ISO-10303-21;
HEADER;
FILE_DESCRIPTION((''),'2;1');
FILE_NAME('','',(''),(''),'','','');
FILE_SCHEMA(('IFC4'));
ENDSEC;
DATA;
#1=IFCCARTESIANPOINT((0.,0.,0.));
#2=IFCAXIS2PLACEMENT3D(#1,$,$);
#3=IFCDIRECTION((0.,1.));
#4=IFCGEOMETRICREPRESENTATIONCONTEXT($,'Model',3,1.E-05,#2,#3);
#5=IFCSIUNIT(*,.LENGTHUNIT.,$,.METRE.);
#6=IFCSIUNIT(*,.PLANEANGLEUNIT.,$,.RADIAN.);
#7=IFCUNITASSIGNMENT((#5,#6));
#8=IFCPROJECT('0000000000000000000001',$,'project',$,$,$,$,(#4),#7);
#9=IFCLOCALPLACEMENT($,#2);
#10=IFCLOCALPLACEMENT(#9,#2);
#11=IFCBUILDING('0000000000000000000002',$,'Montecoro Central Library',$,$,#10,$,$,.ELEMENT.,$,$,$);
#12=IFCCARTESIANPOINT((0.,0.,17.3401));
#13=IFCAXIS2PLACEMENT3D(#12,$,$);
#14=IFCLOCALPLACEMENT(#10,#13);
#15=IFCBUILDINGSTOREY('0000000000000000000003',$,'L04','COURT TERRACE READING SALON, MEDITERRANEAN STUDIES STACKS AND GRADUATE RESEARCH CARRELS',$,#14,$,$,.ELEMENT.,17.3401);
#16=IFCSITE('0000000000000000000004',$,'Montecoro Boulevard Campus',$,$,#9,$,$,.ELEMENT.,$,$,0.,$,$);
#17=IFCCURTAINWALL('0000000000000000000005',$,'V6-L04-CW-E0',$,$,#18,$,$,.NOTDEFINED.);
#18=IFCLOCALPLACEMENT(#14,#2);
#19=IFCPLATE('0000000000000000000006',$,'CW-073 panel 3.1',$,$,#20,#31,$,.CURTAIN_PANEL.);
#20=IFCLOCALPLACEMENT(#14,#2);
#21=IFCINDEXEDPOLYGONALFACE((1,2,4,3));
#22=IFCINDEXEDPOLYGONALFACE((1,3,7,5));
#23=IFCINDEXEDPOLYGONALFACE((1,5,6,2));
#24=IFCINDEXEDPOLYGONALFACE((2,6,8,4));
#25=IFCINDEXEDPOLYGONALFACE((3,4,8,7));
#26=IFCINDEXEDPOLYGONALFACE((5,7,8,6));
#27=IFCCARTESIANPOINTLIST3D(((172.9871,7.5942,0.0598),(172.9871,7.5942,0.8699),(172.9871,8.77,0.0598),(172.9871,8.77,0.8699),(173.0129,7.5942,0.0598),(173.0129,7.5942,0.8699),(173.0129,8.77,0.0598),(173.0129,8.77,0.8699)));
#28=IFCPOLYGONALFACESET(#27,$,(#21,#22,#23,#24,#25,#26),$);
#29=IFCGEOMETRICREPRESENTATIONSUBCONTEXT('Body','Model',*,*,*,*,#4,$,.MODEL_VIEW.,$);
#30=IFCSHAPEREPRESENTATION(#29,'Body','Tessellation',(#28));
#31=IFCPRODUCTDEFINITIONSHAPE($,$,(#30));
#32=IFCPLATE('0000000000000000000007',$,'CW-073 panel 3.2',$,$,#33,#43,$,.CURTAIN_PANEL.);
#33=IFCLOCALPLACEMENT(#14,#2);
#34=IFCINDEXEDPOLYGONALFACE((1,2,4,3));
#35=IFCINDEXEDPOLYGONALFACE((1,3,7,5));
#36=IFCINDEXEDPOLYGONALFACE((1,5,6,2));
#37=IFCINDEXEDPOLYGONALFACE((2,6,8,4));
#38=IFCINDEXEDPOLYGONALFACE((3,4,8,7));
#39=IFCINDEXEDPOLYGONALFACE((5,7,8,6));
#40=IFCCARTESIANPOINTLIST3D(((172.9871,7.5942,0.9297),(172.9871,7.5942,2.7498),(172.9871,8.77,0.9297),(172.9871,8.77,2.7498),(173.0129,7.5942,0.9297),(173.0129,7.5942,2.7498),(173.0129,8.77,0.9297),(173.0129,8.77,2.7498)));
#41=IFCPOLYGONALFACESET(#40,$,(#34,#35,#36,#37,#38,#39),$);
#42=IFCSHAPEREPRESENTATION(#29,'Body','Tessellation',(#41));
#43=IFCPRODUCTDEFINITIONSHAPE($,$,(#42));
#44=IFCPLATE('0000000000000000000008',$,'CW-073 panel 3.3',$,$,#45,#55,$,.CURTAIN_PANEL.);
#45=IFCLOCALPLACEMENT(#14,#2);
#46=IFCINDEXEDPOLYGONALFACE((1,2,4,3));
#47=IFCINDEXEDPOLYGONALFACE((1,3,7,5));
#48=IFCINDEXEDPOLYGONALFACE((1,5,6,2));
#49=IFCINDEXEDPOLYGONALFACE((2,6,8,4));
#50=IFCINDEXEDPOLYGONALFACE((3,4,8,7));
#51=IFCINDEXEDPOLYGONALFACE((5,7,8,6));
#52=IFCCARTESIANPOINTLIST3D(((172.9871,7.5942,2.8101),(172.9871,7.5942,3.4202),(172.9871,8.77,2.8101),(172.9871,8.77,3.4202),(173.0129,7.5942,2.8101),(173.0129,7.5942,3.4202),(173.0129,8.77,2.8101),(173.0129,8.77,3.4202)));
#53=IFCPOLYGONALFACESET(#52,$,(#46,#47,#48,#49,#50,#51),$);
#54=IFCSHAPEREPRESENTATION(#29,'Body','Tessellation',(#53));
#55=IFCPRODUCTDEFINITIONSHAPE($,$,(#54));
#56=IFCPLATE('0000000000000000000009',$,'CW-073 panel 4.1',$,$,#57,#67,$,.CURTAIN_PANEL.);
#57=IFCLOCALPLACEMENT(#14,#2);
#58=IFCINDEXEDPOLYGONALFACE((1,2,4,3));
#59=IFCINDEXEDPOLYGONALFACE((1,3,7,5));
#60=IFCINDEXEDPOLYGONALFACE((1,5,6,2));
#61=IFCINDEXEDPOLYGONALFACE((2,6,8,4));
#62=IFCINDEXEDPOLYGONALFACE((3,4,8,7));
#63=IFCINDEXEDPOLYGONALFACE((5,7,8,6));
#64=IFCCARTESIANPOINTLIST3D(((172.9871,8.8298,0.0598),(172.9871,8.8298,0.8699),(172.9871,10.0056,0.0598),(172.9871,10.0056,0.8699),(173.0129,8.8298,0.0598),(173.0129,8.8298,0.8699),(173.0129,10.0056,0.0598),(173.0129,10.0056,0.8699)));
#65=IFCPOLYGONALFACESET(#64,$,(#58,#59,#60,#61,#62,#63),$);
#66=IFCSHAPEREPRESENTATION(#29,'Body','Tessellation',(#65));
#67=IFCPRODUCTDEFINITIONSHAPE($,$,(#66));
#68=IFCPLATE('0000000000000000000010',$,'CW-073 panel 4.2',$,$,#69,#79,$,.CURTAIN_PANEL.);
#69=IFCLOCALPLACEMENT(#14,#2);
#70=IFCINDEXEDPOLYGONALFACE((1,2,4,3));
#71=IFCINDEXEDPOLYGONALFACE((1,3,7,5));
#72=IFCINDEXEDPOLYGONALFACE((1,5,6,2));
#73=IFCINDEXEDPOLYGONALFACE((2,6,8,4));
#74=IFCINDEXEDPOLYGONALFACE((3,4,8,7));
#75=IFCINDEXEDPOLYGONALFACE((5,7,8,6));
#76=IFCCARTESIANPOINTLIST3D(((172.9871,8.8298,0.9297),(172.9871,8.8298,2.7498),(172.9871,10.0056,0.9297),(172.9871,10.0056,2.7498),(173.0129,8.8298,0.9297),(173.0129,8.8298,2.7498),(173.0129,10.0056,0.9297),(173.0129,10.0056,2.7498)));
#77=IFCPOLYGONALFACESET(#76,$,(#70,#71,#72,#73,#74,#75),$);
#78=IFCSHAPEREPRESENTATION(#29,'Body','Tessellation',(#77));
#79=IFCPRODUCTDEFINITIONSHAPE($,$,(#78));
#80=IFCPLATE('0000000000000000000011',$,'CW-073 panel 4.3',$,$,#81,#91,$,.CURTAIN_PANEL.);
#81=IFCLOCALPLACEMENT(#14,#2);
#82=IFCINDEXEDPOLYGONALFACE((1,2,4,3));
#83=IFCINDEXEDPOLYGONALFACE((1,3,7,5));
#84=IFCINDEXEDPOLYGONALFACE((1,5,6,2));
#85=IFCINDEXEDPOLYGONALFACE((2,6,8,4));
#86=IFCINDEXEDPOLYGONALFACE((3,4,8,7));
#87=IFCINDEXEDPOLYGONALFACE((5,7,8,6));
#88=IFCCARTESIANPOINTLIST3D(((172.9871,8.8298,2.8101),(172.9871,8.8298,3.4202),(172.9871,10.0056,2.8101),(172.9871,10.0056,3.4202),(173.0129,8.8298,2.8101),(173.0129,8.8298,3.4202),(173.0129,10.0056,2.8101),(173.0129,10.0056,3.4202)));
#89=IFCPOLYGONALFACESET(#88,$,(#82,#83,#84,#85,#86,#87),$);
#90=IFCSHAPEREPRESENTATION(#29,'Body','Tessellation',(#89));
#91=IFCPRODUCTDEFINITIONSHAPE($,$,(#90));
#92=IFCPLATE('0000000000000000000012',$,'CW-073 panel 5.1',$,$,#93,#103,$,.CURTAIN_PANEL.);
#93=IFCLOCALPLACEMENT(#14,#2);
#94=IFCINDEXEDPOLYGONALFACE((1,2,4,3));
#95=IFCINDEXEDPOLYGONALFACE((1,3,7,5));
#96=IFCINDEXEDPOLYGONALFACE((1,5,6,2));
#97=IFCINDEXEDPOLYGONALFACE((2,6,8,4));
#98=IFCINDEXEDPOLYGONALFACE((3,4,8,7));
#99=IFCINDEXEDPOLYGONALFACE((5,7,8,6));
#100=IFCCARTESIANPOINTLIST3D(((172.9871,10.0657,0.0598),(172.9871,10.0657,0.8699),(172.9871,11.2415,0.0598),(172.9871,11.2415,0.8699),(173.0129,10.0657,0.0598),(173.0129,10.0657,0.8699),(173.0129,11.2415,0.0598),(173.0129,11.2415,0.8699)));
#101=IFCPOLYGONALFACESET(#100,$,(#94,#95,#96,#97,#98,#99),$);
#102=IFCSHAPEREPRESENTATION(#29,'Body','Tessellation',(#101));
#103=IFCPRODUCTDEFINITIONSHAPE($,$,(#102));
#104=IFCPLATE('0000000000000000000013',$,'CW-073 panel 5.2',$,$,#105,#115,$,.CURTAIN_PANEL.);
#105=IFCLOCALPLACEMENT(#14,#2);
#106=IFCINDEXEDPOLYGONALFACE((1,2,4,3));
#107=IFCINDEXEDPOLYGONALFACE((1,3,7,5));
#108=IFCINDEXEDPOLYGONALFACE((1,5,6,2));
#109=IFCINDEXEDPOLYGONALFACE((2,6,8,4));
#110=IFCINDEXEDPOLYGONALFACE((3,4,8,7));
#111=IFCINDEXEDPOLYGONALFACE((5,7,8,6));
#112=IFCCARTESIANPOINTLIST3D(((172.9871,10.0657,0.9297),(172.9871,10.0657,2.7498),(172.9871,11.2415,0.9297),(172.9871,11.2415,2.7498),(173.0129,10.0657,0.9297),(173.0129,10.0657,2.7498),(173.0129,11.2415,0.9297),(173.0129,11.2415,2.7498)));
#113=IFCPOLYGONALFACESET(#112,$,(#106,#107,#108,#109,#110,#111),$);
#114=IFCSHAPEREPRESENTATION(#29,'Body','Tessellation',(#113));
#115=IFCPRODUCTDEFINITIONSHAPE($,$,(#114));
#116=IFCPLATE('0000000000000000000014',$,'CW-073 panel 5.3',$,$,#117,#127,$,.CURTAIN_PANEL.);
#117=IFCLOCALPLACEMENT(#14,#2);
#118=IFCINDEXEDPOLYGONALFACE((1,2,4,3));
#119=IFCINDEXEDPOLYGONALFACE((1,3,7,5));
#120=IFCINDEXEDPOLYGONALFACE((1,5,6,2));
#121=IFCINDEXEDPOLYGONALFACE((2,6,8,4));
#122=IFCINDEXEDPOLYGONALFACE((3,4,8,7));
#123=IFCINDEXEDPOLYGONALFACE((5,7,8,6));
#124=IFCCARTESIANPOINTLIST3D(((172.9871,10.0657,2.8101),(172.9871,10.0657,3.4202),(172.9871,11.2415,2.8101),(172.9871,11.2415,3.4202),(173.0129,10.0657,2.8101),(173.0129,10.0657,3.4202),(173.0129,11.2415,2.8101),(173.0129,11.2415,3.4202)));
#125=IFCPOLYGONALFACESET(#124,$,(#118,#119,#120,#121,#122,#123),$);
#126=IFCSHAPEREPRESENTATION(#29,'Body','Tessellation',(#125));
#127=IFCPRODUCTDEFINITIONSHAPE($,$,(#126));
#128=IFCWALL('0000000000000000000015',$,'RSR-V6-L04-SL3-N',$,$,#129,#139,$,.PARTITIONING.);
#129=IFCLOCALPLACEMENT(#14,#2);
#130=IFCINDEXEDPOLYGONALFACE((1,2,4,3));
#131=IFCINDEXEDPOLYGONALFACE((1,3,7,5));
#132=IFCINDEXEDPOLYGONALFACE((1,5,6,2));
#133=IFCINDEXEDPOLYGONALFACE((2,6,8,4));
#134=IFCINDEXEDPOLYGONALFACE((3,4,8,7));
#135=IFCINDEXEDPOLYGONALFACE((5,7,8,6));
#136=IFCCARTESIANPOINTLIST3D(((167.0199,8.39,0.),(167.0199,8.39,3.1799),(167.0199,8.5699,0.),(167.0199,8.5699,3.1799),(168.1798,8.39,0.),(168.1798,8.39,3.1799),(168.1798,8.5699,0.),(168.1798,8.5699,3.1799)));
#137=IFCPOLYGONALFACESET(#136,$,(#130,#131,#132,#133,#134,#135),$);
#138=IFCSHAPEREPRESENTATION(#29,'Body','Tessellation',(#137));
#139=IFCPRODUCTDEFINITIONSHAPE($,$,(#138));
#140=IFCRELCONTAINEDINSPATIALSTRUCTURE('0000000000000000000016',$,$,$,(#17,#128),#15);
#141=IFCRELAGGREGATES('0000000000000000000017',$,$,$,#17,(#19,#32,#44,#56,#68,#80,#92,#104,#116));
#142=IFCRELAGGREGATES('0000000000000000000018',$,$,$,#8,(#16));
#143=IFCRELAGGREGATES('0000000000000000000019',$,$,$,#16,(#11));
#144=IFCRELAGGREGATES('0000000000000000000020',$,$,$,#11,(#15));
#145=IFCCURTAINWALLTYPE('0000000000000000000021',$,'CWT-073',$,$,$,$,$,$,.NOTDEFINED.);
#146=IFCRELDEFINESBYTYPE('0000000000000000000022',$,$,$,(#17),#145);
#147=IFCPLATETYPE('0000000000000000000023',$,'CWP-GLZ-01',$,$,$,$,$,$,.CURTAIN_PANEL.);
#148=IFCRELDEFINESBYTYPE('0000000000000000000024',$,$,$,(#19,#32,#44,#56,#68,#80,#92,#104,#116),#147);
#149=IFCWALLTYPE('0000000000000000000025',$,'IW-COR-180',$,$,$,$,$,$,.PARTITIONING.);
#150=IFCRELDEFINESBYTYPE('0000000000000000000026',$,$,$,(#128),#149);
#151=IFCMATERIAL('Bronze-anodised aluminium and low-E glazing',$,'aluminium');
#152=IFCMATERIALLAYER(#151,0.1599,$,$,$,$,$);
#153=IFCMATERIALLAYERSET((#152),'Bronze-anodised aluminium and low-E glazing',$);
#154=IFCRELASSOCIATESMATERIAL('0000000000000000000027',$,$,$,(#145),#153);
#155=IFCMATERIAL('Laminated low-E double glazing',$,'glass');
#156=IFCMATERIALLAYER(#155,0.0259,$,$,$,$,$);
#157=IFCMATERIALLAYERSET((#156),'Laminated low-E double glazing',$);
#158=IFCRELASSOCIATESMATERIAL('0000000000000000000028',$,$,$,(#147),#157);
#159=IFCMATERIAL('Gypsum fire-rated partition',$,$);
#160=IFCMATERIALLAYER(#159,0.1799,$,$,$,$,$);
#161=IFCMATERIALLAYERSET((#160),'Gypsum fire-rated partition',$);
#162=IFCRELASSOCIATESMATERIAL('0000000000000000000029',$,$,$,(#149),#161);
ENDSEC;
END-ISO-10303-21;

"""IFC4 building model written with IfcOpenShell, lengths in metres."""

from ifc_helpers import new_model, si_unit, direction, frame, frame_2d, origin, origin_2d, place, context, subcontext, project, spatial, rectangle, extrude, material, layer, layer_set, type_object, element, aggregate, save


model = new_model("IFC4")

# Units and contexts
model_context = context("Model", 3, precision=1e-05, world=origin(), true_north=direction((0.0, 1.0)))
body_context = subcontext(model_context, "Body", "Model", "MODEL_VIEW")
ifc_project = project(units=[si_unit("LENGTHUNIT", "METRE"), si_unit("PLANEANGLEUNIT", "RADIAN")], contexts=[model_context])

# Site, building, storey
site_placement = place(None, origin())
site = spatial("IfcSite", under=ifc_project, at=site_placement, Name="Montecoro Boulevard Campus", CompositionType="ELEMENT", RefElevation=0.0)
building_placement = place(site_placement, origin())
building = spatial("IfcBuilding", under=site, at=building_placement, Name="Montecoro Central Library", CompositionType="ELEMENT")
storey_placement = place(building_placement, frame((0.0, 0.0, 17.3401)))
storey = spatial("IfcBuildingStorey", under=building, at=storey_placement, Name="L04", Description="COURT TERRACE READING SALON, MEDITERRANEAN STUDIES STACKS AND GRADUATE RESEARCH CARRELS", CompositionType="ELEMENT", Elevation=17.3401)

# Curtain wall, plates
ifc_material_1 = material(Name="Bronze-anodised aluminium and low-E glazing", Category="aluminium")
ifc_layer_1 = layer(ifc_material_1, 0.1599)
ifc_layer_set_1 = layer_set([ifc_layer_1], Name="Bronze-anodised aluminium and low-E glazing")
curtain_wall_type = type_object("IfcCurtainWallType", Name="CWT-073", PredefinedType="NOTDEFINED", material=ifc_layer_set_1)
curtain_wall_placement = place(storey_placement, origin())
curtain_wall = element("IfcCurtainWall", 1, at=curtain_wall_placement, inside=storey, type_object=curtain_wall_type, Name="V6-L04-CW-E0", PredefinedType="NOTDEFINED")
ifc_material_2 = material(Name="Laminated low-E double glazing", Category="glass")
ifc_layer_2 = layer(ifc_material_2, 0.0259)
ifc_layer_set_2 = layer_set([ifc_layer_2], Name="Laminated low-E double glazing")
plate_type = type_object("IfcPlateType", Name="CWP-GLZ-01", PredefinedType="CURTAIN_PANEL", material=ifc_layer_set_2)
plate_1_placement = place(storey_placement, frame((173.0, 8.1821, 0.0598), z_axis=(0.0, 0.0, 1.0), x_axis=(0.0, 1.0, 0.0)))
plate_1 = element("IfcPlate", 2, at=plate_1_placement, type_object=plate_type, Name="CW-073 panel 3.1", PredefinedType="CURTAIN_PANEL", context=body_context, shape_type="SweptSolid", body=[
    extrude(rectangle(XDim=1.1758, YDim=0.0259, at=origin_2d()), origin(), (0.0, 0.0, 1.0), 0.8101),
])
plate_2_placement = place(storey_placement, frame((173.0, 8.1821, 0.9297), z_axis=(0.0, 0.0, 1.0), x_axis=(0.0, 1.0, 0.0)))
plate_2 = element("IfcPlate", 3, at=plate_2_placement, type_object=plate_type, Name="CW-073 panel 3.2", PredefinedType="CURTAIN_PANEL", context=body_context, shape_type="SweptSolid", body=[
    extrude(rectangle(XDim=1.1758, YDim=0.0259, at=origin_2d()), origin(), (0.0, 0.0, 1.0), 1.8201),
])
plate_3_placement = place(storey_placement, frame((173.0, 8.1821, 2.8101), z_axis=(0.0, 0.0, 1.0), x_axis=(0.0, 1.0, 0.0)))
plate_3 = element("IfcPlate", 4, at=plate_3_placement, type_object=plate_type, Name="CW-073 panel 3.3", PredefinedType="CURTAIN_PANEL", context=body_context, shape_type="SweptSolid", body=[
    extrude(rectangle(XDim=1.1758, YDim=0.0259, at=origin_2d()), origin(), (0.0, 0.0, 1.0), 0.6101),
])
plate_4_placement = place(storey_placement, frame((173.0, 9.4177, 0.0598), z_axis=(0.0, 0.0, 1.0), x_axis=(0.0, 1.0, 0.0)))
plate_4 = element("IfcPlate", 5, at=plate_4_placement, type_object=plate_type, Name="CW-073 panel 4.1", PredefinedType="CURTAIN_PANEL", context=body_context, shape_type="SweptSolid", body=[
    extrude(rectangle(XDim=1.1758, YDim=0.0259, at=origin_2d()), origin(), (0.0, 0.0, 1.0), 0.8101),
])
plate_5_placement = place(storey_placement, frame((173.0, 9.4177, 0.9297), z_axis=(0.0, 0.0, 1.0), x_axis=(0.0, 1.0, 0.0)))
plate_5 = element("IfcPlate", 6, at=plate_5_placement, type_object=plate_type, Name="CW-073 panel 4.2", PredefinedType="CURTAIN_PANEL", context=body_context, shape_type="SweptSolid", body=[
    extrude(rectangle(XDim=1.1758, YDim=0.0259, at=origin_2d()), origin(), (0.0, 0.0, 1.0), 1.8201),
])
plate_6_placement = place(storey_placement, frame((173.0, 9.4177, 2.8101), z_axis=(0.0, 0.0, 1.0), x_axis=(0.0, 1.0, 0.0)))
plate_6 = element("IfcPlate", 7, at=plate_6_placement, type_object=plate_type, Name="CW-073 panel 4.3", PredefinedType="CURTAIN_PANEL", context=body_context, shape_type="SweptSolid", body=[
    extrude(rectangle(XDim=1.1758, YDim=0.0259, at=origin_2d()), origin(), (0.0, 0.0, 1.0), 0.6101),
])
plate_7_placement = place(storey_placement, frame((173.0, 10.6536, 0.0598), z_axis=(0.0, 0.0, 1.0), x_axis=(0.0, 1.0, 0.0)))
plate_7 = element("IfcPlate", 8, at=plate_7_placement, type_object=plate_type, Name="CW-073 panel 5.1", PredefinedType="CURTAIN_PANEL", context=body_context, shape_type="SweptSolid", body=[
    extrude(rectangle(XDim=1.1758, YDim=0.0259, at=origin_2d()), origin(), (0.0, 0.0, 1.0), 0.8101),
])
plate_8_placement = place(storey_placement, frame((173.0, 10.6536, 0.9297), z_axis=(0.0, 0.0, 1.0), x_axis=(0.0, 1.0, 0.0)))
plate_8 = element("IfcPlate", 9, at=plate_8_placement, type_object=plate_type, Name="CW-073 panel 5.2", PredefinedType="CURTAIN_PANEL", context=body_context, shape_type="SweptSolid", body=[
    extrude(rectangle(XDim=1.1758, YDim=0.0259, at=origin_2d()), origin(), (0.0, 0.0, 1.0), 1.8201),
])
plate_9_placement = place(storey_placement, frame((173.0, 10.6536, 2.8101), z_axis=(0.0, 0.0, 1.0), x_axis=(0.0, 1.0, 0.0)))
plate_9 = element("IfcPlate", 10, at=plate_9_placement, type_object=plate_type, Name="CW-073 panel 5.3", PredefinedType="CURTAIN_PANEL", context=body_context, shape_type="SweptSolid", body=[
    extrude(rectangle(XDim=1.1758, YDim=0.0259, at=origin_2d()), origin(), (0.0, 0.0, 1.0), 0.6101),
])
aggregate(curtain_wall, [plate_1, plate_2, plate_3, plate_4, plate_5, plate_6, plate_7, plate_8, plate_9])

# Wall
ifc_material_3 = material(Name="Gypsum fire-rated partition")
ifc_layer_3 = layer(ifc_material_3, 0.1799)
ifc_layer_set_3 = layer_set([ifc_layer_3], Name="Gypsum fire-rated partition")
wall_type = type_object("IfcWallType", Name="IW-COR-180", PredefinedType="PARTITIONING", material=ifc_layer_set_3)
wall_placement = place(storey_placement, frame((168.1799, 8.48, 0.0), z_axis=(0.0, 0.0, 1.0), x_axis=(-1.0, 0.0, 0.0)))
element("IfcWall", 11, at=wall_placement, inside=storey, type_object=wall_type, Name="RSR-V6-L04-SL3-N", PredefinedType="PARTITIONING", context=body_context, shape_type="SweptSolid", body=[
    extrude(rectangle(XDim=1.1599, YDim=0.1799, at=frame_2d((0.5801, 0.0))), origin(), (0.0, 0.0, 1.0), 3.1799),
])

save(model, "model.ifc")
